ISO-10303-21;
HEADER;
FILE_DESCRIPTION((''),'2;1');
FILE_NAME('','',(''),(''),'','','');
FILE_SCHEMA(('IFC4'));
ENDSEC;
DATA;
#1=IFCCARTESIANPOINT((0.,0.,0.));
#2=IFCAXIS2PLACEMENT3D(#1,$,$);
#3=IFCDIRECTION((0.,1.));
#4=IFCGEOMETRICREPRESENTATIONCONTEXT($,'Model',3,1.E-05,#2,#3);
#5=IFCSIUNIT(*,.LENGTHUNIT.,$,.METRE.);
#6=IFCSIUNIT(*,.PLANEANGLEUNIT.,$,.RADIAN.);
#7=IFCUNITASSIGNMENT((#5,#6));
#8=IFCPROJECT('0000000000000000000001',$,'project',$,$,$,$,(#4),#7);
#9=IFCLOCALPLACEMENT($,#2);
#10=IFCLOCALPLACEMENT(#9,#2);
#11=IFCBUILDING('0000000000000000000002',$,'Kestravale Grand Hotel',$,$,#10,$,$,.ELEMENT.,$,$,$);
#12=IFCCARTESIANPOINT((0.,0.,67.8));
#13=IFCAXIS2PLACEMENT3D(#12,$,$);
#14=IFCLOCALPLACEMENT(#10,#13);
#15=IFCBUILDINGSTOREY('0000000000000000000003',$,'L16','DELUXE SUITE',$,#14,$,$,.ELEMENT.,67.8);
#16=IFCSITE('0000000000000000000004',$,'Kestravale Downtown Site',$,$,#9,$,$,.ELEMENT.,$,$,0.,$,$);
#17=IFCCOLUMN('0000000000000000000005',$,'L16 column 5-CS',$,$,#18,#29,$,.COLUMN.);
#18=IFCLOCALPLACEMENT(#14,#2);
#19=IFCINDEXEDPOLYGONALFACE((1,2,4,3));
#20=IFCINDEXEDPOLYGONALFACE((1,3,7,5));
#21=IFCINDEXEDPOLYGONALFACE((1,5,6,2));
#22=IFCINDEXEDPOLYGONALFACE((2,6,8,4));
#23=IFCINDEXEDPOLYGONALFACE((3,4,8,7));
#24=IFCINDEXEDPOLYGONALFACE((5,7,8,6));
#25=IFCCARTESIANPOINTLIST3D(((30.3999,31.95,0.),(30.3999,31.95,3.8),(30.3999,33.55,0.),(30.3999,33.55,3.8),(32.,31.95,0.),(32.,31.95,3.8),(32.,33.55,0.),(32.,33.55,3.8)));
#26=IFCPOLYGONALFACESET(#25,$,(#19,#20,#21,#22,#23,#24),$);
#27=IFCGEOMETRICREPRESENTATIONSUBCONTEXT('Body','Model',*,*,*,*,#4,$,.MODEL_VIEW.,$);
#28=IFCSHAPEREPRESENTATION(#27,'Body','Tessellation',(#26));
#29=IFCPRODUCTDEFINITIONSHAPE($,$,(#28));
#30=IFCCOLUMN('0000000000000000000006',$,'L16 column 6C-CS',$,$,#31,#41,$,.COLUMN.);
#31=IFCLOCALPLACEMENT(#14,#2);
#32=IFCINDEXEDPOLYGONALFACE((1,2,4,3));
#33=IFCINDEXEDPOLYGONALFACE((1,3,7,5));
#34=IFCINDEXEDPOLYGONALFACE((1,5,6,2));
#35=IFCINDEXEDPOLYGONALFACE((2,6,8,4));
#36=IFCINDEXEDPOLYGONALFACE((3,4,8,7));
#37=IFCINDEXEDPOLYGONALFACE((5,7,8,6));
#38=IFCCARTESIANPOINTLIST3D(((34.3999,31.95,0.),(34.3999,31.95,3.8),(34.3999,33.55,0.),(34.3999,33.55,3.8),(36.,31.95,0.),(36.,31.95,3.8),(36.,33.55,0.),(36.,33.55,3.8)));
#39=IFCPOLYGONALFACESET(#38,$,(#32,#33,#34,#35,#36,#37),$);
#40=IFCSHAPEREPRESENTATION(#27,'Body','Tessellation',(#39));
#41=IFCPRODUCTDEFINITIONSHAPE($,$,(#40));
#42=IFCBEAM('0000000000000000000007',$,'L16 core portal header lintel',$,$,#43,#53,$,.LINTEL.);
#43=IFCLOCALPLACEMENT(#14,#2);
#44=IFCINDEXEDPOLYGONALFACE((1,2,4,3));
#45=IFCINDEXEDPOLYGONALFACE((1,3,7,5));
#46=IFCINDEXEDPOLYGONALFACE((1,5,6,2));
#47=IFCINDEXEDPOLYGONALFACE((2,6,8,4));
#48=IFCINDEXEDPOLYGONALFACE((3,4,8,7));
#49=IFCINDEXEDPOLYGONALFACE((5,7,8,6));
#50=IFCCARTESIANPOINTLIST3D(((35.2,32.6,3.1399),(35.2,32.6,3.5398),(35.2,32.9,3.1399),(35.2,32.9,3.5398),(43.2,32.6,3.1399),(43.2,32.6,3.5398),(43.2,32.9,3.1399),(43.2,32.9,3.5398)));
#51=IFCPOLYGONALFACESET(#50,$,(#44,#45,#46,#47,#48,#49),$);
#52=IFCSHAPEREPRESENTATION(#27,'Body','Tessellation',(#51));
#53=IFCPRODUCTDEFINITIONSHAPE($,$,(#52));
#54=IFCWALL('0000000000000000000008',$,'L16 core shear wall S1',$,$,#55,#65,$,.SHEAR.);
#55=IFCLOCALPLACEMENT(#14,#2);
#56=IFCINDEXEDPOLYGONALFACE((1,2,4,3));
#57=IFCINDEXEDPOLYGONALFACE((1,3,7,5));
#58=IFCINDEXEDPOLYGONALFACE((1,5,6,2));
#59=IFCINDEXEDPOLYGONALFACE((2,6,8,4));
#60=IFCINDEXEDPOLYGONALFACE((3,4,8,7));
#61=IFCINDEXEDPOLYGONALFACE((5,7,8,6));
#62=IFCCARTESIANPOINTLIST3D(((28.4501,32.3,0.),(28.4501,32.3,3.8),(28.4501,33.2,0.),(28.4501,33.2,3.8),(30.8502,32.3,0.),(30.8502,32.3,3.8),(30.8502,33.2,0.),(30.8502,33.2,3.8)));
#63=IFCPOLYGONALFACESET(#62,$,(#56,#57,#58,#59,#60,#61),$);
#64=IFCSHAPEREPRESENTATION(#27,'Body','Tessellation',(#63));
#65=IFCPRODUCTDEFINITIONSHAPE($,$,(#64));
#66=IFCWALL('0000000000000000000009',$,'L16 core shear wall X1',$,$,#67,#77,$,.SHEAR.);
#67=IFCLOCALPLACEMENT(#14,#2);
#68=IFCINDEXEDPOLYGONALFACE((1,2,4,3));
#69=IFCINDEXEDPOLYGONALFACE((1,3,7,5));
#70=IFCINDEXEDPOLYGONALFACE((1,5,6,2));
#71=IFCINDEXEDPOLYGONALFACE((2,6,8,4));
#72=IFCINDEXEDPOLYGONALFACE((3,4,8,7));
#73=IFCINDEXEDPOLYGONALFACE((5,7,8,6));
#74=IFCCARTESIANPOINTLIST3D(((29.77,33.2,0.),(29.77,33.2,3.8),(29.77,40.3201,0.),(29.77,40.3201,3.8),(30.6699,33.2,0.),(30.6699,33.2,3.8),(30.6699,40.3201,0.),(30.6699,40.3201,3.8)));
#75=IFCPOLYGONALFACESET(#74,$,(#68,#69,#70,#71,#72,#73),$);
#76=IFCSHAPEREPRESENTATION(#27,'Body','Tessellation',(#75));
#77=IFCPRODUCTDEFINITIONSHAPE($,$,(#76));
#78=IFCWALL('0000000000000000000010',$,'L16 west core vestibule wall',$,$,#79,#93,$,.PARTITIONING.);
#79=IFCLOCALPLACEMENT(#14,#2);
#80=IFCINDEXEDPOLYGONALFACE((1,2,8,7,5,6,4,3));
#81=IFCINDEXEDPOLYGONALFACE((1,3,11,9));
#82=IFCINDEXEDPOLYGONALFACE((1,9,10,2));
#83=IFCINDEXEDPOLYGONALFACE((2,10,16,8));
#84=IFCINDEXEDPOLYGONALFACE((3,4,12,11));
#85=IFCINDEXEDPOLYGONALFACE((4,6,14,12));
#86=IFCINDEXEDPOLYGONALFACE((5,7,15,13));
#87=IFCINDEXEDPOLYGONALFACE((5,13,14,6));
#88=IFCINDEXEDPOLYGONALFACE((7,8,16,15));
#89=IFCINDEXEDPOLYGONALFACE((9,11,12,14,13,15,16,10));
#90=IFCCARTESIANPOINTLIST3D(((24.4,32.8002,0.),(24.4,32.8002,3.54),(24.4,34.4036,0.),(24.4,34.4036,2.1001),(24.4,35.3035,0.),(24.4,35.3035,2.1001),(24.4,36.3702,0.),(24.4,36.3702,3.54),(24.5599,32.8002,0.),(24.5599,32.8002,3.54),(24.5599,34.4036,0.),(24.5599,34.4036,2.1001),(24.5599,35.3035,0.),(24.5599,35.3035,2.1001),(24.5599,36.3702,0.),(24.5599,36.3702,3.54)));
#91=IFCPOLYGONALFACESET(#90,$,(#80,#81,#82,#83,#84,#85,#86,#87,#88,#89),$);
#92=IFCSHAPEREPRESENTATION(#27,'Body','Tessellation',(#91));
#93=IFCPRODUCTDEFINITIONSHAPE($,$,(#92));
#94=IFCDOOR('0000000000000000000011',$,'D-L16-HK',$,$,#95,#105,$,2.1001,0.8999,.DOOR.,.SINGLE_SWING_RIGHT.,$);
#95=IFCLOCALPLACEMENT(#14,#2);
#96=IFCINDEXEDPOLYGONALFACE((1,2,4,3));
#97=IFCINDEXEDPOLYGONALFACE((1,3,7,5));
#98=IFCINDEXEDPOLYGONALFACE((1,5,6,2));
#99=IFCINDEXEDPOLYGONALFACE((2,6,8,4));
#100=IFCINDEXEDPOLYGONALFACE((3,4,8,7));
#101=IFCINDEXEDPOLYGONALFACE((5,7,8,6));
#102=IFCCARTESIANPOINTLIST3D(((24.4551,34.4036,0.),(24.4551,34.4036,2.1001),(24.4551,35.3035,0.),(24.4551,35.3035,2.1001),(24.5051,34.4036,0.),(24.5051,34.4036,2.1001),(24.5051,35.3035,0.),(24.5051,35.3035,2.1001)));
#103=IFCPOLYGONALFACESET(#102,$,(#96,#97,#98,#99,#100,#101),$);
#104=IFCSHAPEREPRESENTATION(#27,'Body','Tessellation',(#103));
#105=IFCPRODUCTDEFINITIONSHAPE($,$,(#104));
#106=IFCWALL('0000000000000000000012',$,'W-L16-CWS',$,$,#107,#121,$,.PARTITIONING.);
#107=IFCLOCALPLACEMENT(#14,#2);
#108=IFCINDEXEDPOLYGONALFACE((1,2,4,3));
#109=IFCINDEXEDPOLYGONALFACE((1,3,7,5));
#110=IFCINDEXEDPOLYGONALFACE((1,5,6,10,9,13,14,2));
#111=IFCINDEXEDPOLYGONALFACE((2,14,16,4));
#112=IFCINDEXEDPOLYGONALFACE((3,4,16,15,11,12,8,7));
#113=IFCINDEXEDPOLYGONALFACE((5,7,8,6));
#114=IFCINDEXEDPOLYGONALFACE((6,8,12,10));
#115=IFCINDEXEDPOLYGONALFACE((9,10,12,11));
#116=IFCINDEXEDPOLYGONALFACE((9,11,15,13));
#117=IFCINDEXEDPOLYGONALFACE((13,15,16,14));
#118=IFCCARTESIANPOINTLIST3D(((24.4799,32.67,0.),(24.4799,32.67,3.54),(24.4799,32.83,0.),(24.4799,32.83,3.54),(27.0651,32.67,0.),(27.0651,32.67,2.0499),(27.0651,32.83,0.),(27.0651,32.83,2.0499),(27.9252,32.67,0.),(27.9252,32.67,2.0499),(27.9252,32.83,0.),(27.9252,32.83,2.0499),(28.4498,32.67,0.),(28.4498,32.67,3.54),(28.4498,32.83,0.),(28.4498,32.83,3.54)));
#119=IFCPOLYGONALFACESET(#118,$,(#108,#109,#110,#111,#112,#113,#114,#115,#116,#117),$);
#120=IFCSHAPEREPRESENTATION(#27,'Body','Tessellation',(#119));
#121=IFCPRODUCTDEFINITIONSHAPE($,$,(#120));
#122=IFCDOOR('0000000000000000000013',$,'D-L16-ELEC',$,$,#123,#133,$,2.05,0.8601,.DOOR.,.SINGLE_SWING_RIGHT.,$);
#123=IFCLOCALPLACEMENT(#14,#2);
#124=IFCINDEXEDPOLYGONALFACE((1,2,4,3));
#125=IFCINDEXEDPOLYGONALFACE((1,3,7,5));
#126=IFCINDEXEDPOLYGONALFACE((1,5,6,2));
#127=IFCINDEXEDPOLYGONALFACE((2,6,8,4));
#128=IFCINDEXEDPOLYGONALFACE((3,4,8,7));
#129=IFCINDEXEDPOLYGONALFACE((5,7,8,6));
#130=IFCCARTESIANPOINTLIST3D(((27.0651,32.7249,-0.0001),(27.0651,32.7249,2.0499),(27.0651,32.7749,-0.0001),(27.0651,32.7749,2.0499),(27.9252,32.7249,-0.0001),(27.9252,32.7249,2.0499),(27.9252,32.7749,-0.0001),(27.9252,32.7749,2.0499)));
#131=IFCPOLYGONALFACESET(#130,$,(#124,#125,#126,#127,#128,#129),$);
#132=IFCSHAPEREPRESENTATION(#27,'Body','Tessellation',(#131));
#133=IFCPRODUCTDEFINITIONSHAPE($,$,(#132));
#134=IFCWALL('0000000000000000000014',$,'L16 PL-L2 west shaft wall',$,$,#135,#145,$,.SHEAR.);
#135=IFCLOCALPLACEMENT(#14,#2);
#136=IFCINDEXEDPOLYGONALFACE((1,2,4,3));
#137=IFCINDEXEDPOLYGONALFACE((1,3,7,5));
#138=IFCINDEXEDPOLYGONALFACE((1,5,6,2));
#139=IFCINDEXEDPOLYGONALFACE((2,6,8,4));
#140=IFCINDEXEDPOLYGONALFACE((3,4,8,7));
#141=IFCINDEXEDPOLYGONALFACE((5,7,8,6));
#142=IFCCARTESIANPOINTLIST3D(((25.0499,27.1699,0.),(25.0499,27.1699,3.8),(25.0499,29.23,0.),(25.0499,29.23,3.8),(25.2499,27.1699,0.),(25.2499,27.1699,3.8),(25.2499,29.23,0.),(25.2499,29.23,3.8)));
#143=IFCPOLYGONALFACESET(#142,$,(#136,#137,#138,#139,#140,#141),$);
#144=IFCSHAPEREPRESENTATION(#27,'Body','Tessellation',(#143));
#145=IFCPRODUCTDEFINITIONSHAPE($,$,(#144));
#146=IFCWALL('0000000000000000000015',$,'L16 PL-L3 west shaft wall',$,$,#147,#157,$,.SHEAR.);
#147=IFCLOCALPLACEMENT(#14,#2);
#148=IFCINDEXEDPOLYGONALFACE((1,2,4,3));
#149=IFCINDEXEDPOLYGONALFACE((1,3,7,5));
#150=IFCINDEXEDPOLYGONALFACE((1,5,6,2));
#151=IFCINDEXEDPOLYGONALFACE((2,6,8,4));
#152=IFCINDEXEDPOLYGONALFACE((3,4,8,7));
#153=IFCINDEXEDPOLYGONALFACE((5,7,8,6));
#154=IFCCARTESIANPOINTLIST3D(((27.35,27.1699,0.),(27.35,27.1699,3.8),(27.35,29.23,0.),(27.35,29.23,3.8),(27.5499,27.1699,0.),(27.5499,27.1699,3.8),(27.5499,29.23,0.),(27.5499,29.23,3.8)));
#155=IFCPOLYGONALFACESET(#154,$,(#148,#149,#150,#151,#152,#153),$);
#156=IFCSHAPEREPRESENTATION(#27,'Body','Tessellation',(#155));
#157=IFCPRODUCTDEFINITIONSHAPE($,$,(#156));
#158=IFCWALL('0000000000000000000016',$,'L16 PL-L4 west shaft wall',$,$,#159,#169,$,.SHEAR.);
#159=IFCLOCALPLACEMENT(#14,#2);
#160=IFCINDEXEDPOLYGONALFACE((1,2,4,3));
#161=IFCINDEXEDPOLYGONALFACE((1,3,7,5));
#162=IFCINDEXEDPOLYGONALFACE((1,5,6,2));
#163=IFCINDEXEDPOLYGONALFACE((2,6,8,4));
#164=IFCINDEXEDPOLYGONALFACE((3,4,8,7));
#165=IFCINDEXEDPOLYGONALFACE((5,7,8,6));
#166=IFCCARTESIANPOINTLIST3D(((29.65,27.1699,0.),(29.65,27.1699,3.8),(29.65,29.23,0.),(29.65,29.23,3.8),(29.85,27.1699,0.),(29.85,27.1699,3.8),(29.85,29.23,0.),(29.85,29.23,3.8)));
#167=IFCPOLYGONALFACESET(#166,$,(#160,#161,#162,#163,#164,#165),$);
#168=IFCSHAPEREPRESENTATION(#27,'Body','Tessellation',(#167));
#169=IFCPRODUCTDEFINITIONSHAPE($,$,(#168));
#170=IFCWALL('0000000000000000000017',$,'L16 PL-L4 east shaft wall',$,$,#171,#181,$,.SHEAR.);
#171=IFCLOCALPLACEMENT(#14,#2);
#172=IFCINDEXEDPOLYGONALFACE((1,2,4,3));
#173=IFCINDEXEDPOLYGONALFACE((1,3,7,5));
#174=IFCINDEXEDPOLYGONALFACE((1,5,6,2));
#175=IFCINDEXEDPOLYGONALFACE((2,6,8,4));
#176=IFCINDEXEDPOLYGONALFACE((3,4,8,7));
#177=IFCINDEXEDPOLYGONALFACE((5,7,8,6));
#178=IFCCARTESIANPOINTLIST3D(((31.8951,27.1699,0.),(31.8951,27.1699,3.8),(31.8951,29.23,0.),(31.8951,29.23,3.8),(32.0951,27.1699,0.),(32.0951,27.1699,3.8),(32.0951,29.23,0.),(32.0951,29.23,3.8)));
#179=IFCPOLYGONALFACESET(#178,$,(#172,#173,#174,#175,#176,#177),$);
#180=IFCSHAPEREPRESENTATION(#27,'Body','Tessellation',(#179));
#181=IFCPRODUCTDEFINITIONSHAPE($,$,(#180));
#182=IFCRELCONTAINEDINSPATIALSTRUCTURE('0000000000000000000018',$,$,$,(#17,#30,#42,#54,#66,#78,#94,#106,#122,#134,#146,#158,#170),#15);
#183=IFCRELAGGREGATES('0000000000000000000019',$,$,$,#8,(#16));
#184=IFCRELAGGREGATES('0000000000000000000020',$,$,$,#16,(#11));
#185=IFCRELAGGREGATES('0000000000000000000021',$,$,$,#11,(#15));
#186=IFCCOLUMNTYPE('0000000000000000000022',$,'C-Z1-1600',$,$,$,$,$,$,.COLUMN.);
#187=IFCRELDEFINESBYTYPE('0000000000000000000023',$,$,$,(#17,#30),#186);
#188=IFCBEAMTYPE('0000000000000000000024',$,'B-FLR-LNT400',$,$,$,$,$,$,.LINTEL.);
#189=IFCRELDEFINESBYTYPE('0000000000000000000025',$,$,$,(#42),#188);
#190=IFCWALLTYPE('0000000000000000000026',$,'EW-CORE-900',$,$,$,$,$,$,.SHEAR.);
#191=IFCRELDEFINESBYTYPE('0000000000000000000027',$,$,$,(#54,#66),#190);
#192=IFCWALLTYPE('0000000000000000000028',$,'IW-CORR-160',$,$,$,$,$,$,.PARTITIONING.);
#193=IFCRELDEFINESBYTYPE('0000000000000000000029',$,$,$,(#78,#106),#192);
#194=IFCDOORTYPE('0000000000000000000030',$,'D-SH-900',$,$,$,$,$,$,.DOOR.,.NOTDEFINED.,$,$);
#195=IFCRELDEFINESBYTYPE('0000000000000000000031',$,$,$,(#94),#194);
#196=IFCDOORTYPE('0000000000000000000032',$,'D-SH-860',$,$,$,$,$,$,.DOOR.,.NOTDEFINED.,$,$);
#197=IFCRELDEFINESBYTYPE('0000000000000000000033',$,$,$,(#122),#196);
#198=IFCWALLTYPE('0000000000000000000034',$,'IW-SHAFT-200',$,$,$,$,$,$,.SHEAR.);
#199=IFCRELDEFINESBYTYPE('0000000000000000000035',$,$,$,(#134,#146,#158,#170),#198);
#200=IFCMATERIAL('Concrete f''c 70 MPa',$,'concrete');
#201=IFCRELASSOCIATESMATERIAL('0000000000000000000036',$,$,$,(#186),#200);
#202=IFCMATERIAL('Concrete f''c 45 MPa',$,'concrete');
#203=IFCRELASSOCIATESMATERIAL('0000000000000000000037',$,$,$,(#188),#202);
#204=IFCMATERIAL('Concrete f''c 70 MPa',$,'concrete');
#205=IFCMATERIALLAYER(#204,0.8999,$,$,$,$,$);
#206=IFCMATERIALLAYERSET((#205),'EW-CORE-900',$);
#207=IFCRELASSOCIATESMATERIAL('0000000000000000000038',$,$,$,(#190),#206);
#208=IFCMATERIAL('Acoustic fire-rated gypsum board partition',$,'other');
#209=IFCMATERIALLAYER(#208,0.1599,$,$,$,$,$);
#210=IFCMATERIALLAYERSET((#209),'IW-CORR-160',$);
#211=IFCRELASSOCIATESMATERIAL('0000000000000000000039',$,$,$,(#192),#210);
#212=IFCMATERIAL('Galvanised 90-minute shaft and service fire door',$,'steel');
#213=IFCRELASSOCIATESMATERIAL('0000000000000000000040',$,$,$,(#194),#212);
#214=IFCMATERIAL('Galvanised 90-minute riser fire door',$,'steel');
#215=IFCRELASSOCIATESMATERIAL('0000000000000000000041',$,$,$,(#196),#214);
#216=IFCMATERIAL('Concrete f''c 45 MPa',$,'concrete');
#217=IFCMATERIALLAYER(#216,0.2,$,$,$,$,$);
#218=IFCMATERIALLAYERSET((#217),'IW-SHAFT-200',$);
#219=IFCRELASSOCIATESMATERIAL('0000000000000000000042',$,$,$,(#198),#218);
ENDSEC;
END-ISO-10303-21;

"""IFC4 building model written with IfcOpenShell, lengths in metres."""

from ifc_helpers import new_model, si_unit, direction, frame, frame_2d, origin, origin_2d, place, context, subcontext, project, spatial, rectangle, extrude, material, layer, layer_set, material_profile, profile_set, type_object, element, fill, save


model = new_model("IFC4")

# Units and contexts
model_context = context("Model", 3, precision=1e-05, world=origin(), true_north=direction((0.0, 1.0)))
body_context = subcontext(model_context, "Body", "Model", "MODEL_VIEW")
ifc_project = project(units=[si_unit("LENGTHUNIT", "METRE"), si_unit("PLANEANGLEUNIT", "RADIAN")], contexts=[model_context])

# Site, building, storey
site_placement = place(None, origin())
site = spatial("IfcSite", under=ifc_project, at=site_placement, Name="Kestravale Downtown Site", CompositionType="ELEMENT", RefElevation=0.0)
building_placement = place(site_placement, origin())
building = spatial("IfcBuilding", under=site, at=building_placement, Name="Kestravale Grand Hotel", CompositionType="ELEMENT")
storey_placement = place(building_placement, frame((0.0, 0.0, 67.8)))
storey = spatial("IfcBuildingStorey", under=building, at=storey_placement, Name="L16", Description="DELUXE SUITE", CompositionType="ELEMENT", Elevation=67.8)

# Columns
ifc_material_1 = material(Name="Concrete f'c 70 MPa", Category="concrete")
ifc_material_profile_1 = material_profile(ifc_material_1, rectangle(XDim=1.6001, YDim=1.6001, at=origin_2d()))
ifc_profile_set_1 = profile_set([ifc_material_profile_1], Name="Concrete f'c 70 MPa")
column_type = type_object("IfcColumnType", Name="C-Z1-1600", PredefinedType="COLUMN", material=ifc_profile_set_1)
for number, where, z_axis, x_axis, name in (
    (1, (31.2, 32.75, 0.0), (0.0, 0.0, 1.0), (1.0, 0.0, 0.0), "L16 column 5-CS"),
    (2, (35.2, 32.75, 0.0), (0.0, 0.0, 1.0), (1.0, 0.0, 0.0), "L16 column 6C-CS"),
):
    element("IfcColumn", number, at=place(storey_placement, frame(where, z_axis=z_axis, x_axis=x_axis)), inside=storey, type_object=column_type, Name=name, PredefinedType="COLUMN", context=body_context, shape_type="SweptSolid", body=[
        extrude(rectangle(XDim=1.6001, YDim=1.6001, at=origin_2d()), origin(), (0.0, 0.0, 1.0), 3.8),
    ])

# Beam
ifc_material_2 = material(Name="Concrete f'c 45 MPa", Category="concrete")
ifc_material_profile_2 = material_profile(ifc_material_2, rectangle(XDim=0.3, YDim=0.3999, at=origin_2d()))
ifc_profile_set_2 = profile_set([ifc_material_profile_2], Name="Concrete f'c 45 MPa")
beam_type = type_object("IfcBeamType", Name="B-FLR-LNT400", PredefinedType="LINTEL", material=ifc_profile_set_2)
beam_placement = place(storey_placement, frame((35.2, 32.75, 3.3398), z_axis=(1.0, 0.0, 0.0), x_axis=(0.0, 1.0, 0.0)))
element("IfcBeam", 3, at=beam_placement, inside=storey, type_object=beam_type, Name="L16 core portal header lintel", PredefinedType="LINTEL", context=body_context, shape_type="SweptSolid", body=[
    extrude(rectangle(XDim=0.3, YDim=0.3999, at=origin_2d()), origin(), (0.0, 0.0, 1.0), 8.0),
])

# Walls
ifc_material_3 = material(Name="Concrete f'c 70 MPa", Category="concrete")
ifc_layer_1 = layer(ifc_material_3, 0.8999)
ifc_layer_set_1 = layer_set([ifc_layer_1], Name="EW-CORE-900")
wall_type_1 = type_object("IfcWallType", Name="EW-CORE-900", PredefinedType="SHEAR", material=ifc_layer_set_1)
wall_1_placement = place(storey_placement, frame((28.45, 32.75, 0.0), z_axis=(0.0, 0.0, 1.0), x_axis=(1.0, 0.0, 0.0)))
element("IfcWall", 4, at=wall_1_placement, inside=storey, type_object=wall_type_1, Name="L16 core shear wall S1", PredefinedType="SHEAR", context=body_context, shape_type="SweptSolid", body=[
    extrude(rectangle(XDim=2.4001, YDim=0.8999, at=frame_2d((1.2002, 0.0))), origin(), (0.0, 0.0, 1.0), 3.8),
])
wall_2_placement = place(storey_placement, frame((30.22, 33.2, 0.0), z_axis=(0.0, 0.0, 1.0), x_axis=(0.0, 1.0, 0.0)))
element("IfcWall", 5, at=wall_2_placement, inside=storey, type_object=wall_type_1, Name="L16 core shear wall X1", PredefinedType="SHEAR", context=body_context, shape_type="SweptSolid", body=[
    extrude(rectangle(XDim=7.1201, YDim=0.8999, at=frame_2d((3.5601, 0.0))), origin(), (0.0, 0.0, 1.0), 3.8),
])

# Walls, openings, doors
ifc_material_4 = material(Name="Acoustic fire-rated gypsum board partition", Category="other")
ifc_layer_2 = layer(ifc_material_4, 0.1599)
ifc_layer_set_2 = layer_set([ifc_layer_2], Name="IW-CORR-160")
wall_type_2 = type_object("IfcWallType", Name="IW-CORR-160", PredefinedType="PARTITIONING", material=ifc_layer_set_2)
wall_3_placement = place(storey_placement, frame((24.48, 32.8, 0.0), z_axis=(0.0, 0.0, 1.0), x_axis=(0.0, 1.0, 0.0)))
wall_3 = element("IfcWall", 6, at=wall_3_placement, inside=storey, type_object=wall_type_2, Name="L16 west core vestibule wall", PredefinedType="PARTITIONING", context=body_context, shape_type="SweptSolid", body=[
    extrude(rectangle(XDim=3.5701, YDim=0.1599, at=frame_2d((1.7852, 0.0))), origin(), (0.0, 0.0, 1.0), 3.54),
])
opening_1_placement = place(wall_3_placement, frame((1.6035, 0.0, 0.0)))
opening_1 = element("IfcOpeningElement", 7, at=opening_1_placement, cuts=wall_3, PredefinedType="OPENING", context=body_context, shape_type="SweptSolid", body=[
    extrude(rectangle(XDim=0.8999, YDim=2.1001, at=frame_2d((0.45, 1.05))), frame((0.0, 0.0898, 0.0), z_axis=(0.0, -1.0, 0.0), x_axis=(1.0, 0.0, 0.0)), (0.0, 0.0, 1.0), 0.1799),
])
ifc_material_5 = material(Name="Galvanised 90-minute shaft and service fire door", Category="steel")
door_type_1 = type_object("IfcDoorType", Name="D-SH-900", OperationType="NOTDEFINED", PredefinedType="DOOR", material=ifc_material_5)
door_1_placement = place(opening_1_placement, origin())
door_1 = element("IfcDoor", 8, at=door_1_placement, inside=storey, type_object=door_type_1, Name="D-L16-HK", OperationType="SINGLE_SWING_RIGHT", OverallHeight=2.1001, OverallWidth=0.8999, PredefinedType="DOOR", context=body_context, shape_type="SweptSolid", body=[
    extrude(rectangle(XDim=0.8999, YDim=2.1001, at=frame_2d((0.45, 1.05))), frame((0.0, 0.0249, 0.0), z_axis=(0.0, -1.0, 0.0), x_axis=(1.0, 0.0, 0.0)), (0.0, 0.0, 1.0), 0.05),
])
fill(opening_1, door_1)
wall_4_placement = place(storey_placement, frame((24.48, 32.75, 0.0), z_axis=(0.0, 0.0, 1.0), x_axis=(1.0, 0.0, 0.0)))
wall_4 = element("IfcWall", 9, at=wall_4_placement, inside=storey, type_object=wall_type_2, Name="W-L16-CWS", PredefinedType="PARTITIONING", context=body_context, shape_type="SweptSolid", body=[
    extrude(rectangle(XDim=3.97, YDim=0.1599, at=frame_2d((1.9849, 0.0))), origin(), (0.0, 0.0, 1.0), 3.54),
])
opening_2_placement = place(wall_4_placement, frame((2.585, 0.0, 0.0)))
opening_2 = element("IfcOpeningElement", 10, at=opening_2_placement, cuts=wall_4, PredefinedType="OPENING", context=body_context, shape_type="SweptSolid", body=[
    extrude(rectangle(XDim=0.8601, YDim=2.05, at=frame_2d((0.4302, 1.0249))), frame((0.0, 0.0898, 0.0), z_axis=(0.0, -1.0, 0.0), x_axis=(1.0, 0.0, 0.0)), (0.0, 0.0, 1.0), 0.1799),
])
ifc_material_6 = material(Name="Galvanised 90-minute riser fire door", Category="steel")
door_type_2 = type_object("IfcDoorType", Name="D-SH-860", OperationType="NOTDEFINED", PredefinedType="DOOR", material=ifc_material_6)
door_2_placement = place(opening_2_placement, origin())
door_2 = element("IfcDoor", 11, at=door_2_placement, inside=storey, type_object=door_type_2, Name="D-L16-ELEC", OperationType="SINGLE_SWING_RIGHT", OverallHeight=2.05, OverallWidth=0.8601, PredefinedType="DOOR", context=body_context, shape_type="SweptSolid", body=[
    extrude(rectangle(XDim=0.8601, YDim=2.05, at=frame_2d((0.4302, 1.0249))), frame((0.0, 0.0249, 0.0), z_axis=(0.0, -1.0, 0.0), x_axis=(1.0, 0.0, 0.0)), (0.0, 0.0, 1.0), 0.05),
])
fill(opening_2, door_2)

# Walls
ifc_material_7 = material(Name="Concrete f'c 45 MPa", Category="concrete")
ifc_layer_3 = layer(ifc_material_7, 0.2)
ifc_layer_set_3 = layer_set([ifc_layer_3], Name="IW-SHAFT-200")
wall_type_3 = type_object("IfcWallType", Name="IW-SHAFT-200", PredefinedType="SHEAR", material=ifc_layer_set_3)
for number, where, z_axis, x_axis, name in (
    (12, (25.1499, 27.1699, 0.0), (0.0, 0.0, 1.0), (0.0, 1.0, 0.0), "L16 PL-L2 west shaft wall"),
    (13, (27.45, 27.1699, 0.0), (0.0, 0.0, 1.0), (0.0, 1.0, 0.0), "L16 PL-L3 west shaft wall"),
    (14, (29.75, 27.1699, 0.0), (0.0, 0.0, 1.0), (0.0, 1.0, 0.0), "L16 PL-L4 west shaft wall"),
    (15, (31.9951, 27.1699, 0.0), (0.0, 0.0, 1.0), (0.0, 1.0, 0.0), "L16 PL-L4 east shaft wall"),
):
    element("IfcWall", number, at=place(storey_placement, frame(where, z_axis=z_axis, x_axis=x_axis)), inside=storey, type_object=wall_type_3, Name=name, PredefinedType="SHEAR", context=body_context, shape_type="SweptSolid", body=[
        extrude(rectangle(XDim=2.0601, YDim=0.2, at=frame_2d((1.03, 0.0))), origin(), (0.0, 0.0, 1.0), 3.8),
    ])

save(model, "model.ifc")
